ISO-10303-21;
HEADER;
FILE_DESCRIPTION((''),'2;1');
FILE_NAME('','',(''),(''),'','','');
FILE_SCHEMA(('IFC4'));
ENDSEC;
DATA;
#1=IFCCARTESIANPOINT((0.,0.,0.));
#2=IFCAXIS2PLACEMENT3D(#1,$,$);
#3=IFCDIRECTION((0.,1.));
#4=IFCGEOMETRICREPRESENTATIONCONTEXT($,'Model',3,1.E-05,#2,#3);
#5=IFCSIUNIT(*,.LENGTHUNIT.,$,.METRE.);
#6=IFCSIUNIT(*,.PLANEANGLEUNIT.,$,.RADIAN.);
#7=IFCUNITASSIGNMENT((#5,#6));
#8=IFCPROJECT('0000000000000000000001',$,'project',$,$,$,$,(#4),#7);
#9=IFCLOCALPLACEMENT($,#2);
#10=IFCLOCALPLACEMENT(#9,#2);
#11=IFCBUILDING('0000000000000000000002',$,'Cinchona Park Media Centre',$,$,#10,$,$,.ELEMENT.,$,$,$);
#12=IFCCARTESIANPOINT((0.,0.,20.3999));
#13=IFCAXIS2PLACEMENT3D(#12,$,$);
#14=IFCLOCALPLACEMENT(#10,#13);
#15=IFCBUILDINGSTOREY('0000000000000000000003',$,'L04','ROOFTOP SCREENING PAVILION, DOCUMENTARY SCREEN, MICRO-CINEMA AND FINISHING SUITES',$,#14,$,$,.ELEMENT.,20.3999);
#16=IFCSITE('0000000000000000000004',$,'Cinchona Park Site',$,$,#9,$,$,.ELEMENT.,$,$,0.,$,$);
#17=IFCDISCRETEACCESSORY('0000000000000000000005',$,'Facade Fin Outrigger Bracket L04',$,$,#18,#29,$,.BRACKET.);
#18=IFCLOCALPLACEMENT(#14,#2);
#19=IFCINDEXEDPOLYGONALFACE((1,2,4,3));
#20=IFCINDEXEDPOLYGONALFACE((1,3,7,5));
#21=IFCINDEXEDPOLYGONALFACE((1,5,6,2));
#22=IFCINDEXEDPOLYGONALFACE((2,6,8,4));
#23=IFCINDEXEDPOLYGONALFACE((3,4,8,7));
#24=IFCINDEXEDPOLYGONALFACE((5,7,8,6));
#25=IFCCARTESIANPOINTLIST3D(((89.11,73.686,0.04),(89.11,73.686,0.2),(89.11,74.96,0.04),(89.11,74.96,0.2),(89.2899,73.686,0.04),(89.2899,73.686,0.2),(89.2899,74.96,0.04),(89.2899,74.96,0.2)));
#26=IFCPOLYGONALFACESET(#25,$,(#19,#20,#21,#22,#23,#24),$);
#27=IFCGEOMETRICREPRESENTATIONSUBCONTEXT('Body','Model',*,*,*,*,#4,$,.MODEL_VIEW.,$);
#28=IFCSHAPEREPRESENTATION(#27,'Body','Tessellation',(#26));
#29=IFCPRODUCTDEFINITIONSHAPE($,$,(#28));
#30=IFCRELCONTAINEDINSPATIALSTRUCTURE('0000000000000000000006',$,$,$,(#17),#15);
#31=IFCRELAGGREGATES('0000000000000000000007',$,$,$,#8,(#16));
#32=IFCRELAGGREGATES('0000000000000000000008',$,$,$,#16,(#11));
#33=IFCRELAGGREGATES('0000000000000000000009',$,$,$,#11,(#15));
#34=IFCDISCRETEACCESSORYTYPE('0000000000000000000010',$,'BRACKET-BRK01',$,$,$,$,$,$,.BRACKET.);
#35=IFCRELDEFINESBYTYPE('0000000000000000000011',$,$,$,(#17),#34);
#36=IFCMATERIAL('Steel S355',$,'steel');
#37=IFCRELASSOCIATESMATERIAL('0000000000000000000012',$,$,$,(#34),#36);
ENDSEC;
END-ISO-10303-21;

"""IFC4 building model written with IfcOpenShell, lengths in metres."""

from ifc_helpers import new_model, si_unit, direction, frame, origin, origin_2d, place, context, subcontext, project, spatial, rectangle, extrude, material, type_object, element, save


model = new_model("IFC4")

# Units and contexts
model_context = context("Model", 3, precision=1e-05, world=origin(), true_north=direction((0.0, 1.0)))
body_context = subcontext(model_context, "Body", "Model", "MODEL_VIEW")
ifc_project = project(units=[si_unit("LENGTHUNIT", "METRE"), si_unit("PLANEANGLEUNIT", "RADIAN")], contexts=[model_context])

# Site, building, storey
site_placement = place(None, origin())
site = spatial("IfcSite", under=ifc_project, at=site_placement, Name="Cinchona Park Site", CompositionType="ELEMENT", RefElevation=0.0)
building_placement = place(site_placement, origin())
building = spatial("IfcBuilding", under=site, at=building_placement, Name="Cinchona Park Media Centre", CompositionType="ELEMENT")
storey_placement = place(building_placement, frame((0.0, 0.0, 20.3999)))
storey = spatial("IfcBuildingStorey", under=building, at=storey_placement, Name="L04", Description="ROOFTOP SCREENING PAVILION, DOCUMENTARY SCREEN, MICRO-CINEMA AND FINISHING SUITES", CompositionType="ELEMENT", Elevation=20.3999)

# Discrete accessory
ifc_material_1 = material(Name="Steel S355", Category="steel")
discrete_accessory_type = type_object("IfcDiscreteAccessoryType", Name="BRACKET-BRK01", PredefinedType="BRACKET", material=ifc_material_1)
discrete_accessory_1_placement = place(storey_placement, frame((89.2, 74.323, 0.04), z_axis=(0.0, 0.0, 1.0), x_axis=(1.0, 0.0, 0.0)))
element("IfcDiscreteAccessory", 1, at=discrete_accessory_1_placement, inside=storey, type_object=discrete_accessory_type, Name="Facade Fin Outrigger Bracket L04", PredefinedType="BRACKET", context=body_context, shape_type="SweptSolid", body=[
    extrude(rectangle(XDim=0.1799, YDim=1.2739, at=origin_2d()), origin(), (0.0, 0.0, 1.0), 0.1599),
])

save(model, "model.ifc")
